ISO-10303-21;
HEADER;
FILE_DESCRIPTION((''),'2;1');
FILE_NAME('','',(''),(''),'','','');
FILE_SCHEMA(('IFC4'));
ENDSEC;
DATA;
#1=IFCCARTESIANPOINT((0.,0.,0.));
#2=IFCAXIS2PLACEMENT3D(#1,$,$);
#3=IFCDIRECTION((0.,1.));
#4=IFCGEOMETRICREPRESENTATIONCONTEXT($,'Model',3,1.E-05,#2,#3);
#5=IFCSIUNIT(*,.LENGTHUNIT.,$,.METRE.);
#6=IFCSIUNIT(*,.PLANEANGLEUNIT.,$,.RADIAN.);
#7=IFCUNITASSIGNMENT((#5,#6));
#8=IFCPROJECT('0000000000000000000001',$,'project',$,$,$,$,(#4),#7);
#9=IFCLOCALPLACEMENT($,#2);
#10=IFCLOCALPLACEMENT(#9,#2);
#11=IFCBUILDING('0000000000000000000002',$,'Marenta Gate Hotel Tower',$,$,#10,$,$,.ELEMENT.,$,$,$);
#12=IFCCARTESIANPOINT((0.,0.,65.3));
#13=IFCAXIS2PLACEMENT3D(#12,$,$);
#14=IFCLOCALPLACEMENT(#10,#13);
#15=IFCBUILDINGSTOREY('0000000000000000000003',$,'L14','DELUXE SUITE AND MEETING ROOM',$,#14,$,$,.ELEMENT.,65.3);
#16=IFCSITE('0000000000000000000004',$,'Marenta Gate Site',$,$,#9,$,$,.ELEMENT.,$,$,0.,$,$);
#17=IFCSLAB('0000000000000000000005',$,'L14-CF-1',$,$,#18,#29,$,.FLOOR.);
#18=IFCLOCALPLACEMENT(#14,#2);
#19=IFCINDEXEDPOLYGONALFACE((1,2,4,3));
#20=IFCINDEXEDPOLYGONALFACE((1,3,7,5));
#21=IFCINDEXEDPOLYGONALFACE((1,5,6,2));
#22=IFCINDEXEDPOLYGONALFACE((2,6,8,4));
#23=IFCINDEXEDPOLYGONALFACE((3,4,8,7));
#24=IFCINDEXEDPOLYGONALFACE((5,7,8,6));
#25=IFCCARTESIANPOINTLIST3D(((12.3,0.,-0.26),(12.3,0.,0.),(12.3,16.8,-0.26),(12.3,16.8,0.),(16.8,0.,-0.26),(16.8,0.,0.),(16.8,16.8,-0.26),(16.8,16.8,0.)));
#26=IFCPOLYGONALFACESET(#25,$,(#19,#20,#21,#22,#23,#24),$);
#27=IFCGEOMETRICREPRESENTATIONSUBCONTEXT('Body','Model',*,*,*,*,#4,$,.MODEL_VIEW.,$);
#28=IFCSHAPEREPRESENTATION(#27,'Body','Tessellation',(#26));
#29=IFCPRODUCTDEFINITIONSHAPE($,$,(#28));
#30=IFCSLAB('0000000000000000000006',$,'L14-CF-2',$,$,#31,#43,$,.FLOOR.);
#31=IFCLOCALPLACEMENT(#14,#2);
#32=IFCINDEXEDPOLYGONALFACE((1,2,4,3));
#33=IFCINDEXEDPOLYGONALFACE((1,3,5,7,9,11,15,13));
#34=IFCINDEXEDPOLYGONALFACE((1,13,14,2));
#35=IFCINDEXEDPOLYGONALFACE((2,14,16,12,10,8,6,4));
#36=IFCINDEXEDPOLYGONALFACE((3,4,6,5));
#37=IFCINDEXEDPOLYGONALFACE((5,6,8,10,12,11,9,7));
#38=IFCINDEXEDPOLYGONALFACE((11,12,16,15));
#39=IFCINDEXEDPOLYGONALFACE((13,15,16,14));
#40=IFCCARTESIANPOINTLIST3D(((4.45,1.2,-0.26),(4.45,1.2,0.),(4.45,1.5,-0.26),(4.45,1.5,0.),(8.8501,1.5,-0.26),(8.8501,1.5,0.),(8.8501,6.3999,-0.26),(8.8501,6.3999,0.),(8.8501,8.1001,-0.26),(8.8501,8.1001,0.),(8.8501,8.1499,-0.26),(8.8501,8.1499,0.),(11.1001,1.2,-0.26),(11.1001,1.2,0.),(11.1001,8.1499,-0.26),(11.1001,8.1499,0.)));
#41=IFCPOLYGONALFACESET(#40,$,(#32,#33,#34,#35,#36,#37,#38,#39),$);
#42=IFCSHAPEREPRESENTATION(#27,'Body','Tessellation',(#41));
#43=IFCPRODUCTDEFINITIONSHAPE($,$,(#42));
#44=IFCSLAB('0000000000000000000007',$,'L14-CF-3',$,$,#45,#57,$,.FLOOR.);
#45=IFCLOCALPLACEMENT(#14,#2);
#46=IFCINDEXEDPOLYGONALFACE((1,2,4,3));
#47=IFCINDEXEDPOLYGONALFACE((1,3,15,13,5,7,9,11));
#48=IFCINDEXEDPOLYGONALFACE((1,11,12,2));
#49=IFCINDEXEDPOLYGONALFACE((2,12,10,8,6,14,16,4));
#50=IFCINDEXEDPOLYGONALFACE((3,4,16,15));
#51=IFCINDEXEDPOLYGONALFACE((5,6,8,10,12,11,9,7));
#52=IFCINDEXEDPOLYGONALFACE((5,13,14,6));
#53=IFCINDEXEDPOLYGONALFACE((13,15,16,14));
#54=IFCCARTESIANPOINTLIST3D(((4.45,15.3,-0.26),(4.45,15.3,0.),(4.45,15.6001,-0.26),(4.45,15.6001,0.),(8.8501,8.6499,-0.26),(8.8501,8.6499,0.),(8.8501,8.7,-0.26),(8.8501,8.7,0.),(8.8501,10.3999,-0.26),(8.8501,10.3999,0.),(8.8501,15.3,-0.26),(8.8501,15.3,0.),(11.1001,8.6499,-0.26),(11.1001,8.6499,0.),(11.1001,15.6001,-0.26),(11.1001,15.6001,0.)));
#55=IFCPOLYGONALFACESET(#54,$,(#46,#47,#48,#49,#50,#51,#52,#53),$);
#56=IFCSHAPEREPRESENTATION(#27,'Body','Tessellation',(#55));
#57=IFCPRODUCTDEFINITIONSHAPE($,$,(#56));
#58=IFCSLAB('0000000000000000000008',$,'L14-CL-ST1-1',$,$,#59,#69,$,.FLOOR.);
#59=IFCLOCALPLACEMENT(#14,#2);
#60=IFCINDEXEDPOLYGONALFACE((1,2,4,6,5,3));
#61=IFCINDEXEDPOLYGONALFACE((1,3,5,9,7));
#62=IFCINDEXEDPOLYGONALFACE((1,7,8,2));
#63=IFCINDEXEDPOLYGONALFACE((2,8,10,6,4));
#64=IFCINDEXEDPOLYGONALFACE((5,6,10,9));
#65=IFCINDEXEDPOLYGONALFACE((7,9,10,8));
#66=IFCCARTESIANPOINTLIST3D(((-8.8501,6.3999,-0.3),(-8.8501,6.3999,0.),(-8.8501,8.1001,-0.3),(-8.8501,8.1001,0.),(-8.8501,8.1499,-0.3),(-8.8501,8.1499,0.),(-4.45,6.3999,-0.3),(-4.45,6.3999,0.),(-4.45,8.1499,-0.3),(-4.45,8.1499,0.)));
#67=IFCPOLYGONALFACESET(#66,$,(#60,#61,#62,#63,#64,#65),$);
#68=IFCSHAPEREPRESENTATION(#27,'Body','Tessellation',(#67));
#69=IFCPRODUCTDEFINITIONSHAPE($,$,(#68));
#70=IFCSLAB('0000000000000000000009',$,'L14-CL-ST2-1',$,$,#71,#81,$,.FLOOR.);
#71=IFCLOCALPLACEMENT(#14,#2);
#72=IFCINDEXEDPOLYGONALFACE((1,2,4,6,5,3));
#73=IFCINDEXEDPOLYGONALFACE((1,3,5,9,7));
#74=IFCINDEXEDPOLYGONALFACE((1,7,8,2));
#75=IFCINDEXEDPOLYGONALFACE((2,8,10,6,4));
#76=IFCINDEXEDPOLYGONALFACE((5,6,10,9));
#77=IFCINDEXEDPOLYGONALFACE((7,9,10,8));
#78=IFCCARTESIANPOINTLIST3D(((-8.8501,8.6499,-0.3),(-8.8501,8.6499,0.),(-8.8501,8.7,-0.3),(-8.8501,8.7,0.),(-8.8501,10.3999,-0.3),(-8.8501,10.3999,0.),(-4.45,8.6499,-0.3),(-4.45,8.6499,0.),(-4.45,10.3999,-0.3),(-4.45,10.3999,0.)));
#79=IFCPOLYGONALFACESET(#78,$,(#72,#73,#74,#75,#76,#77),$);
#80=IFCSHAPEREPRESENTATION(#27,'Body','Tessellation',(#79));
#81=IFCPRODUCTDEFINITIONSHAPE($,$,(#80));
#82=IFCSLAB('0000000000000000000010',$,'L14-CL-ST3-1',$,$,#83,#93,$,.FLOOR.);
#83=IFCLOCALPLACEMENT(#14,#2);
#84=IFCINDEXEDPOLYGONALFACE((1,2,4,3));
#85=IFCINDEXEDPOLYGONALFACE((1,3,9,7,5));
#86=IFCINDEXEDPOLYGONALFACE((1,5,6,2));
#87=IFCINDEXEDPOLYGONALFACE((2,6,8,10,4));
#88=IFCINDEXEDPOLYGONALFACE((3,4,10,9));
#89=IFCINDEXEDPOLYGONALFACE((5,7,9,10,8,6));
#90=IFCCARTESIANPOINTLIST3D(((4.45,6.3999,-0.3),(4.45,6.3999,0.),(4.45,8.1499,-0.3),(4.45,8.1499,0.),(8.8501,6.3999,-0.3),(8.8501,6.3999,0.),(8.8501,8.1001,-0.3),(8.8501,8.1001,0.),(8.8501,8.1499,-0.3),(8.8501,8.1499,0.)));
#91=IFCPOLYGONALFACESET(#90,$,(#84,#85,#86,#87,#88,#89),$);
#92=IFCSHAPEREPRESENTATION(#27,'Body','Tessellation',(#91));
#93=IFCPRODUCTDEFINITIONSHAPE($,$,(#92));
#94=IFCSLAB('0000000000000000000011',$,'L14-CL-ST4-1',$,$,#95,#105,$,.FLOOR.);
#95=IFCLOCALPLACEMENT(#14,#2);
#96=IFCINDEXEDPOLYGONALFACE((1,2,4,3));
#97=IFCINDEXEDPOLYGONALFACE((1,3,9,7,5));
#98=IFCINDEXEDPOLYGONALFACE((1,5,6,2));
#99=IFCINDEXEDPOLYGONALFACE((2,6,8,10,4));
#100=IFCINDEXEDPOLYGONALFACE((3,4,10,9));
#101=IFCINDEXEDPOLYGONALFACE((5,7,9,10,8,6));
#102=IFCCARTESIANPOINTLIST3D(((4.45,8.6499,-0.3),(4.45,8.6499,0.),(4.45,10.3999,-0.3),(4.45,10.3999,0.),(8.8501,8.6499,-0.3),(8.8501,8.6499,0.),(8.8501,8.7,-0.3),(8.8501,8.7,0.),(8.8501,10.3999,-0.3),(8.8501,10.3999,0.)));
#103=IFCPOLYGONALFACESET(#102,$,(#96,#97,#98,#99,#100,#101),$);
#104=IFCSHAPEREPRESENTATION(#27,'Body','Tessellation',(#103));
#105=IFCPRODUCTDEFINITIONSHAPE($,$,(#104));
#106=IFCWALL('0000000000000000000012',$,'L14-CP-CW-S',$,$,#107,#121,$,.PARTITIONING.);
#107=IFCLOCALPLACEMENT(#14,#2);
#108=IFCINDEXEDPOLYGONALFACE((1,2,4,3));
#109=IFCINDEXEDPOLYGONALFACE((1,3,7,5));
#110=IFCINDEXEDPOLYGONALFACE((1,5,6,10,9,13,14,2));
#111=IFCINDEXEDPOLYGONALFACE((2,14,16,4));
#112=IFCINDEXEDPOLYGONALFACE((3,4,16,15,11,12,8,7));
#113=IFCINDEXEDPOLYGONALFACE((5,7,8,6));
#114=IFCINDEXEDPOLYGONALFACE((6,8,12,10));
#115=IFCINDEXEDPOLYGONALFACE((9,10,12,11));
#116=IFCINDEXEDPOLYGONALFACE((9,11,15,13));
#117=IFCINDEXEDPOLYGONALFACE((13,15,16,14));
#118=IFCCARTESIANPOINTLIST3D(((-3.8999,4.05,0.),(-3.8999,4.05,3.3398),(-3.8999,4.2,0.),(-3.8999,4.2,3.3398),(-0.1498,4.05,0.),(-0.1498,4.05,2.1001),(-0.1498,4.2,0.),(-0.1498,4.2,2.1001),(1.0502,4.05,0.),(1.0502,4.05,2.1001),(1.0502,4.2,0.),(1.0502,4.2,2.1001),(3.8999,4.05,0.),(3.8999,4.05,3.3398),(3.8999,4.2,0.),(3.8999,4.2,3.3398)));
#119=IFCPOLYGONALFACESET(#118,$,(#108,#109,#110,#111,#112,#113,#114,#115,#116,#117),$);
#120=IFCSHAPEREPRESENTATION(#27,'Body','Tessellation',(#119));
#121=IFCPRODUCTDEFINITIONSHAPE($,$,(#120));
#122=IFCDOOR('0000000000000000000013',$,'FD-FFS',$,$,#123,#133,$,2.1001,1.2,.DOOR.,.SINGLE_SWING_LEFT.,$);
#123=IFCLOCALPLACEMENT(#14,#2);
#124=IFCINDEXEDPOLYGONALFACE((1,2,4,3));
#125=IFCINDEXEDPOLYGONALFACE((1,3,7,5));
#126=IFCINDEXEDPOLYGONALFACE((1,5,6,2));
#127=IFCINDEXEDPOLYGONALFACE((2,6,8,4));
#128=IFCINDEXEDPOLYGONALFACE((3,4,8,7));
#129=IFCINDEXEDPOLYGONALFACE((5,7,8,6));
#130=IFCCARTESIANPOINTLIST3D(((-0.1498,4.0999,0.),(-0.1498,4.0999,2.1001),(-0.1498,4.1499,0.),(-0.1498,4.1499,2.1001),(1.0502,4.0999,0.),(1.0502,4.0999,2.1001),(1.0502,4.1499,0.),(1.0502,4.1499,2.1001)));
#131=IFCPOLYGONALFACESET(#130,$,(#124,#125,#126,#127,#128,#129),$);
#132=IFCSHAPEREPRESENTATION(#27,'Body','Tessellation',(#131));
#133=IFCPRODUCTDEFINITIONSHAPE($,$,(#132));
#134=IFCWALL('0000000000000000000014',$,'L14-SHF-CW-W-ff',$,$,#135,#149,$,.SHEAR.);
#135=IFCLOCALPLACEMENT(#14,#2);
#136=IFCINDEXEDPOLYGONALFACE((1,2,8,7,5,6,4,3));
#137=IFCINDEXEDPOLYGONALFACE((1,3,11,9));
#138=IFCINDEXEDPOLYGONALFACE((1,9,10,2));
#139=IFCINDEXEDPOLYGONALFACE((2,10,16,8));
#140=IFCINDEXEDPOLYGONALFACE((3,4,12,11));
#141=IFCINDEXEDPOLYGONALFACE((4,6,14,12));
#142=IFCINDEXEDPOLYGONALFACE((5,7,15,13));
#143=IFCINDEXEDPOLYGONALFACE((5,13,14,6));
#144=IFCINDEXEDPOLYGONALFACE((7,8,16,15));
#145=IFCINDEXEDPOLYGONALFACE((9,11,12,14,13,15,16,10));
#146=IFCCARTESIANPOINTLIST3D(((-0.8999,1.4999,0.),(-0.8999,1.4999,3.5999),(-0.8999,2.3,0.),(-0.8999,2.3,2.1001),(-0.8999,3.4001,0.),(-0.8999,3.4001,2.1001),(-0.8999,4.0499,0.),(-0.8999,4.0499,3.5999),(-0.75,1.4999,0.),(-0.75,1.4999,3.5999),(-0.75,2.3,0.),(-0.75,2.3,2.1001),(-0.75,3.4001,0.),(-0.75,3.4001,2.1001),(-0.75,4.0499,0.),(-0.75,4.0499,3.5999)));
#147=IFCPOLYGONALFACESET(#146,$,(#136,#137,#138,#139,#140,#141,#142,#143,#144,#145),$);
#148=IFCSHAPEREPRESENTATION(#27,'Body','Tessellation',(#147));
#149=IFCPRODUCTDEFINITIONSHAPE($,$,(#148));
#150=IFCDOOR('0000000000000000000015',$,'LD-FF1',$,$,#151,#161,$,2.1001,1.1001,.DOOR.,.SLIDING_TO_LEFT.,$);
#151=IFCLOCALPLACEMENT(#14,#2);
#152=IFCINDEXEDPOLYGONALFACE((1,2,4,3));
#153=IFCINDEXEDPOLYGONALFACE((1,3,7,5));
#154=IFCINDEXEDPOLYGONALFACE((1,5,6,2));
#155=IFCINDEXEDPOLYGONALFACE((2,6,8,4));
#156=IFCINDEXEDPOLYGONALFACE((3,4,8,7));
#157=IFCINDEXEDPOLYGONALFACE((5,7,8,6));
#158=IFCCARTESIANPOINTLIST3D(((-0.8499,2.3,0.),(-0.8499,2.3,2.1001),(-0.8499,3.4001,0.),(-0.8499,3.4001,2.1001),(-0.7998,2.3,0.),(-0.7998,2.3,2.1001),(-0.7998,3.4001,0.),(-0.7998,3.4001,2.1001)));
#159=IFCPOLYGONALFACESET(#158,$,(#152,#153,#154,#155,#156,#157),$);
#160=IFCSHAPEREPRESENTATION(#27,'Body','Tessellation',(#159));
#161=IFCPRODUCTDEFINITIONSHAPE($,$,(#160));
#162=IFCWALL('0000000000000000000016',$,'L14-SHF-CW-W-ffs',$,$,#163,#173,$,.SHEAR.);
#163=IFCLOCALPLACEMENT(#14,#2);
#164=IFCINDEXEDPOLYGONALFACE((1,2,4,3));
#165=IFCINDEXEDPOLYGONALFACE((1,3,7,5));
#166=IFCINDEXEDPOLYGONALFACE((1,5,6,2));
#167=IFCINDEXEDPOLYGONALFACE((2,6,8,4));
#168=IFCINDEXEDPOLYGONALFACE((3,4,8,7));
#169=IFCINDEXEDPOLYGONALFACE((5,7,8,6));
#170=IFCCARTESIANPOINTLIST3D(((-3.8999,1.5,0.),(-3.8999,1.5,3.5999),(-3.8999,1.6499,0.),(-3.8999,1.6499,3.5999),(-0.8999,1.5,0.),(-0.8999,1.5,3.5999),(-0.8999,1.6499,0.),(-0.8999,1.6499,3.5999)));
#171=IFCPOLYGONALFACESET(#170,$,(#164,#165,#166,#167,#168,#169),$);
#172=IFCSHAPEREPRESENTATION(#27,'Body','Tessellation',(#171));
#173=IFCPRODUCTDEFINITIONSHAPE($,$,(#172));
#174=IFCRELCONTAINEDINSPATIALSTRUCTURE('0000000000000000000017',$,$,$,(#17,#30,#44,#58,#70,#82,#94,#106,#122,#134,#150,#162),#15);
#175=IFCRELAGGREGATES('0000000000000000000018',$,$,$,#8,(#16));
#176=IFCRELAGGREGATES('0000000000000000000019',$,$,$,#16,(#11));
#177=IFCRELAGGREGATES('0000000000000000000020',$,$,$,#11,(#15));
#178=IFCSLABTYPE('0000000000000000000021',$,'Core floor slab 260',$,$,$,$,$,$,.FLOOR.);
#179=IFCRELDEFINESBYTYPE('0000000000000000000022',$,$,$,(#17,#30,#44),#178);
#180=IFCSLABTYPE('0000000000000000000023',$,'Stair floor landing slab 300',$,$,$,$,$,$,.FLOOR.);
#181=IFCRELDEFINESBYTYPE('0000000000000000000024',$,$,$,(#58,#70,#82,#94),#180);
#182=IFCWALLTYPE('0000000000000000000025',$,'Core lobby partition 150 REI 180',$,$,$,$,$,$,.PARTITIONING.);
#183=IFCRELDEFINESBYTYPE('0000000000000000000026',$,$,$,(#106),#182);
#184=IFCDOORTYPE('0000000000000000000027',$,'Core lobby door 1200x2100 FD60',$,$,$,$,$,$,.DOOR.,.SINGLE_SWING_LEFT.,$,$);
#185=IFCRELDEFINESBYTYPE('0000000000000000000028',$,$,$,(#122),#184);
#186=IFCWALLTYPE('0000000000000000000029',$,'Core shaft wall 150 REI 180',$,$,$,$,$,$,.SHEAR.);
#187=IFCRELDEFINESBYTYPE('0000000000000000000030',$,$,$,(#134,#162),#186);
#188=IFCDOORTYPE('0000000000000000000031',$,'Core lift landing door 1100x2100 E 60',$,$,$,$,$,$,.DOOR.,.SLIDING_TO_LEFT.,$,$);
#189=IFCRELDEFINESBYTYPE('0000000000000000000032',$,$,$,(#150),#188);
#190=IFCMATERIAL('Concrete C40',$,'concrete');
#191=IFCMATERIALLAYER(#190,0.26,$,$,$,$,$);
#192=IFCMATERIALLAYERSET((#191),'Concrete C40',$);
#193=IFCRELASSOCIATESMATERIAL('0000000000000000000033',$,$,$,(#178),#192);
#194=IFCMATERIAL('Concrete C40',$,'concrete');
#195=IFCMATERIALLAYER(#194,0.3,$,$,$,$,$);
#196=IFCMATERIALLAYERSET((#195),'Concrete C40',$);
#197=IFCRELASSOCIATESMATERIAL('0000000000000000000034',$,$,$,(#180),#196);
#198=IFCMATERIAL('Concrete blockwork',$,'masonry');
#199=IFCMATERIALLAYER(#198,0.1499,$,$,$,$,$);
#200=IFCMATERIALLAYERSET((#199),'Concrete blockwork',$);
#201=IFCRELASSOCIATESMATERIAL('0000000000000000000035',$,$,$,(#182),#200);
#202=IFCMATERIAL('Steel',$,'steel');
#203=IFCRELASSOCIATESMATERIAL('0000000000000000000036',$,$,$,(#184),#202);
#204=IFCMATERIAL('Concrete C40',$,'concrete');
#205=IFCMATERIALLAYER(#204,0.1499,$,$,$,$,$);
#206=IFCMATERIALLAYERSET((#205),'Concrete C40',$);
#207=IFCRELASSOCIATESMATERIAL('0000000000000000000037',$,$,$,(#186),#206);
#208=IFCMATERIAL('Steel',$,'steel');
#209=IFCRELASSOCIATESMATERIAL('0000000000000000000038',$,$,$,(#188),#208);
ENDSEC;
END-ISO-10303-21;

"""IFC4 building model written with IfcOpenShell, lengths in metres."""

from ifc_helpers import new_model, si_unit, direction, frame, frame_2d, origin, place, context, subcontext, project, spatial, polyline, rectangle, outline, extrude, material, layer, layer_set, type_object, element, fill, save


model = new_model("IFC4")

# Units and contexts
model_context = context("Model", 3, precision=1e-05, world=origin(), true_north=direction((0.0, 1.0)))
body_context = subcontext(model_context, "Body", "Model", "MODEL_VIEW")
ifc_project = project(units=[si_unit("LENGTHUNIT", "METRE"), si_unit("PLANEANGLEUNIT", "RADIAN")], contexts=[model_context])

# Site, building, storey
site_placement = place(None, origin())
site = spatial("IfcSite", under=ifc_project, at=site_placement, Name="Marenta Gate Site", CompositionType="ELEMENT", RefElevation=0.0)
building_placement = place(site_placement, origin())
building = spatial("IfcBuilding", under=site, at=building_placement, Name="Marenta Gate Hotel Tower", CompositionType="ELEMENT")
storey_placement = place(building_placement, frame((0.0, 0.0, 65.3)))
storey = spatial("IfcBuildingStorey", under=building, at=storey_placement, Name="L14", Description="DELUXE SUITE AND MEETING ROOM", CompositionType="ELEMENT", Elevation=65.3)

# Slabs
ifc_material_1 = material(Name="Concrete C40", Category="concrete")
ifc_layer_1 = layer(ifc_material_1, 0.26)
ifc_layer_set_1 = layer_set([ifc_layer_1], Name="Concrete C40")
slab_type_1 = type_object("IfcSlabType", Name="Core floor slab 260", PredefinedType="FLOOR", material=ifc_layer_set_1)
slab_1_placement = place(storey_placement, frame((0.0, 0.0, -0.26)))
element("IfcSlab", 1, at=slab_1_placement, inside=storey, type_object=slab_type_1, Name="L14-CF-1", PredefinedType="FLOOR", context=body_context, shape_type="SweptSolid", body=[
    extrude(outline(polyline([(12.3, 0.0), (12.3, 16.8), (16.8, 16.8), (16.8, 0.0), (12.3, 0.0)])), origin(), (0.0, 0.0, 1.0), 0.26),
])
slab_2_placement = place(storey_placement, frame((0.0, 0.0, -0.26)))
element("IfcSlab", 2, at=slab_2_placement, inside=storey, type_object=slab_type_1, Name="L14-CF-2", PredefinedType="FLOOR", context=body_context, shape_type="SweptSolid", body=[
    extrude(outline(polyline([(8.8501, 1.5), (8.8501, 6.3999), (8.8501, 8.1001), (8.8501, 8.1499), (11.1001, 8.1499), (11.1001, 1.2), (4.45, 1.2), (4.45, 1.5), (8.8501, 1.5)])), origin(), (0.0, 0.0, 1.0), 0.26),
])
slab_3_placement = place(storey_placement, frame((0.0, 0.0, -0.26)))
element("IfcSlab", 3, at=slab_3_placement, inside=storey, type_object=slab_type_1, Name="L14-CF-3", PredefinedType="FLOOR", context=body_context, shape_type="SweptSolid", body=[
    extrude(outline(polyline([(8.8501, 15.3), (4.45, 15.3), (4.45, 15.6001), (11.1001, 15.6001), (11.1001, 8.6499), (8.8501, 8.6499), (8.8501, 8.7), (8.8501, 10.3999), (8.8501, 15.3)])), origin(), (0.0, 0.0, 1.0), 0.26),
])
ifc_material_2 = material(Name="Concrete C40", Category="concrete")
ifc_layer_2 = layer(ifc_material_2, 0.3)
ifc_layer_set_2 = layer_set([ifc_layer_2], Name="Concrete C40")
slab_type_2 = type_object("IfcSlabType", Name="Stair floor landing slab 300", PredefinedType="FLOOR", material=ifc_layer_set_2)
slab_4_placement = place(storey_placement, frame((0.0, 0.0, -0.3)))
element("IfcSlab", 4, at=slab_4_placement, inside=storey, type_object=slab_type_2, Name="L14-CL-ST1-1", PredefinedType="FLOOR", context=body_context, shape_type="SweptSolid", body=[
    extrude(outline(polyline([(-4.45, 6.3999), (-8.8501, 6.3999), (-8.8501, 8.1001), (-8.8501, 8.1499), (-4.45, 8.1499), (-4.45, 6.3999)])), origin(), (0.0, 0.0, 1.0), 0.3),
])
slab_5_placement = place(storey_placement, frame((0.0, 0.0, -0.3)))
element("IfcSlab", 5, at=slab_5_placement, inside=storey, type_object=slab_type_2, Name="L14-CL-ST2-1", PredefinedType="FLOOR", context=body_context, shape_type="SweptSolid", body=[
    extrude(outline(polyline([(-4.45, 8.6499), (-8.8501, 8.6499), (-8.8501, 8.7), (-8.8501, 10.3999), (-4.45, 10.3999), (-4.45, 8.6499)])), origin(), (0.0, 0.0, 1.0), 0.3),
])
slab_6_placement = place(storey_placement, frame((0.0, 0.0, -0.3)))
element("IfcSlab", 6, at=slab_6_placement, inside=storey, type_object=slab_type_2, Name="L14-CL-ST3-1", PredefinedType="FLOOR", context=body_context, shape_type="SweptSolid", body=[
    extrude(outline(polyline([(4.45, 6.3999), (4.45, 8.1499), (8.8501, 8.1499), (8.8501, 8.1001), (8.8501, 6.3999), (4.45, 6.3999)])), origin(), (0.0, 0.0, 1.0), 0.3),
])
slab_7_placement = place(storey_placement, frame((0.0, 0.0, -0.3)))
element("IfcSlab", 7, at=slab_7_placement, inside=storey, type_object=slab_type_2, Name="L14-CL-ST4-1", PredefinedType="FLOOR", context=body_context, shape_type="SweptSolid", body=[
    extrude(outline(polyline([(4.45, 8.6499), (4.45, 10.3999), (8.8501, 10.3999), (8.8501, 8.7), (8.8501, 8.6499), (4.45, 8.6499)])), origin(), (0.0, 0.0, 1.0), 0.3),
])

# Walls, openings, doors
ifc_material_3 = material(Name="Concrete blockwork", Category="masonry")
ifc_layer_3 = layer(ifc_material_3, 0.1499)
ifc_layer_set_3 = layer_set([ifc_layer_3], Name="Concrete blockwork")
wall_type_1 = type_object("IfcWallType", Name="Core lobby partition 150 REI 180", PredefinedType="PARTITIONING", material=ifc_layer_set_3)
wall_1_placement = place(storey_placement, frame((-3.8999, 4.125, 0.0), z_axis=(0.0, 0.0, 1.0), x_axis=(1.0, 0.0, 0.0)))
wall_1 = element("IfcWall", 8, at=wall_1_placement, inside=storey, type_object=wall_type_1, Name="L14-CP-CW-S", PredefinedType="PARTITIONING", context=body_context, shape_type="SweptSolid", body=[
    extrude(rectangle(XDim=7.7998, YDim=0.1499, at=frame_2d((3.8999, 0.0))), origin(), (0.0, 0.0, 1.0), 3.3398),
])
opening_1_placement = place(wall_1_placement, frame((3.75, 0.0, 0.0)))
opening_1 = element("IfcOpeningElement", 9, at=opening_1_placement, cuts=wall_1, PredefinedType="OPENING", context=body_context, shape_type="SweptSolid", body=[
    extrude(rectangle(XDim=1.2, YDim=2.1001, at=frame_2d((0.6001, 1.05))), frame((0.0, 0.075, 0.0), z_axis=(0.0, -1.0, 0.0), x_axis=(1.0, 0.0, 0.0)), (0.0, 0.0, 1.0), 0.1499),
])
ifc_material_4 = material(Name="Steel", Category="steel")
door_type_1 = type_object("IfcDoorType", Name="Core lobby door 1200x2100 FD60", OperationType="SINGLE_SWING_LEFT", PredefinedType="DOOR", material=ifc_material_4)
door_1_placement = place(opening_1_placement, origin())
door_1 = element("IfcDoor", 10, at=door_1_placement, inside=storey, type_object=door_type_1, Name="FD-FFS", OperationType="SINGLE_SWING_LEFT", OverallHeight=2.1001, OverallWidth=1.2, PredefinedType="DOOR", context=body_context, shape_type="SweptSolid", body=[
    extrude(rectangle(XDim=1.2, YDim=2.1001, at=frame_2d((0.6001, 1.05))), frame((0.0, 0.0249, 0.0), z_axis=(0.0, -1.0, 0.0), x_axis=(1.0, 0.0, 0.0)), (0.0, 0.0, 1.0), 0.05),
])
fill(opening_1, door_1)
ifc_material_5 = material(Name="Concrete C40", Category="concrete")
ifc_layer_4 = layer(ifc_material_5, 0.1499)
ifc_layer_set_4 = layer_set([ifc_layer_4], Name="Concrete C40")
wall_type_2 = type_object("IfcWallType", Name="Core shaft wall 150 REI 180", PredefinedType="SHEAR", material=ifc_layer_set_4)
wall_2_placement = place(storey_placement, frame((-0.825, 1.5, 0.0), z_axis=(0.0, 0.0, 1.0), x_axis=(0.0, 1.0, 0.0)))
wall_2 = element("IfcWall", 11, at=wall_2_placement, inside=storey, type_object=wall_type_2, Name="L14-SHF-CW-W-ff", PredefinedType="SHEAR", context=body_context, shape_type="SweptSolid", body=[
    extrude(rectangle(XDim=2.55, YDim=0.1499, at=frame_2d((1.2749, 0.0))), origin(), (0.0, 0.0, 1.0), 3.5999),
])
opening_2_placement = place(wall_2_placement, frame((0.8, 0.0, 0.0)))
opening_2 = element("IfcOpeningElement", 12, at=opening_2_placement, cuts=wall_2, PredefinedType="OPENING", context=body_context, shape_type="SweptSolid", body=[
    extrude(rectangle(XDim=1.1001, YDim=2.1001, at=frame_2d((0.55, 1.05))), frame((0.0, 0.075, 0.0), z_axis=(0.0, -1.0, 0.0), x_axis=(1.0, 0.0, 0.0)), (0.0, 0.0, 1.0), 0.1499),
])
ifc_material_6 = material(Name="Steel", Category="steel")
door_type_2 = type_object("IfcDoorType", Name="Core lift landing door 1100x2100 E 60", OperationType="SLIDING_TO_LEFT", PredefinedType="DOOR", material=ifc_material_6)
door_2_placement = place(opening_2_placement, origin())
door_2 = element("IfcDoor", 13, at=door_2_placement, inside=storey, type_object=door_type_2, Name="LD-FF1", OperationType="SLIDING_TO_LEFT", OverallHeight=2.1001, OverallWidth=1.1001, PredefinedType="DOOR", context=body_context, shape_type="SweptSolid", body=[
    extrude(rectangle(XDim=1.1001, YDim=2.1001, at=frame_2d((0.55, 1.05))), frame((0.0, 0.0249, 0.0), z_axis=(0.0, -1.0, 0.0), x_axis=(1.0, 0.0, 0.0)), (0.0, 0.0, 1.0), 0.05),
])
fill(opening_2, door_2)

# Wall
wall_3_placement = place(storey_placement, frame((-3.8999, 1.575, 0.0), z_axis=(0.0, 0.0, 1.0), x_axis=(1.0, 0.0, 0.0)))
element("IfcWall", 14, at=wall_3_placement, inside=storey, type_object=wall_type_2, Name="L14-SHF-CW-W-ffs", PredefinedType="SHEAR", context=body_context, shape_type="SweptSolid", body=[
    extrude(rectangle(XDim=3.0, YDim=0.1499, at=frame_2d((1.5, 0.0))), origin(), (0.0, 0.0, 1.0), 3.5999),
])

save(model, "model.ifc")
